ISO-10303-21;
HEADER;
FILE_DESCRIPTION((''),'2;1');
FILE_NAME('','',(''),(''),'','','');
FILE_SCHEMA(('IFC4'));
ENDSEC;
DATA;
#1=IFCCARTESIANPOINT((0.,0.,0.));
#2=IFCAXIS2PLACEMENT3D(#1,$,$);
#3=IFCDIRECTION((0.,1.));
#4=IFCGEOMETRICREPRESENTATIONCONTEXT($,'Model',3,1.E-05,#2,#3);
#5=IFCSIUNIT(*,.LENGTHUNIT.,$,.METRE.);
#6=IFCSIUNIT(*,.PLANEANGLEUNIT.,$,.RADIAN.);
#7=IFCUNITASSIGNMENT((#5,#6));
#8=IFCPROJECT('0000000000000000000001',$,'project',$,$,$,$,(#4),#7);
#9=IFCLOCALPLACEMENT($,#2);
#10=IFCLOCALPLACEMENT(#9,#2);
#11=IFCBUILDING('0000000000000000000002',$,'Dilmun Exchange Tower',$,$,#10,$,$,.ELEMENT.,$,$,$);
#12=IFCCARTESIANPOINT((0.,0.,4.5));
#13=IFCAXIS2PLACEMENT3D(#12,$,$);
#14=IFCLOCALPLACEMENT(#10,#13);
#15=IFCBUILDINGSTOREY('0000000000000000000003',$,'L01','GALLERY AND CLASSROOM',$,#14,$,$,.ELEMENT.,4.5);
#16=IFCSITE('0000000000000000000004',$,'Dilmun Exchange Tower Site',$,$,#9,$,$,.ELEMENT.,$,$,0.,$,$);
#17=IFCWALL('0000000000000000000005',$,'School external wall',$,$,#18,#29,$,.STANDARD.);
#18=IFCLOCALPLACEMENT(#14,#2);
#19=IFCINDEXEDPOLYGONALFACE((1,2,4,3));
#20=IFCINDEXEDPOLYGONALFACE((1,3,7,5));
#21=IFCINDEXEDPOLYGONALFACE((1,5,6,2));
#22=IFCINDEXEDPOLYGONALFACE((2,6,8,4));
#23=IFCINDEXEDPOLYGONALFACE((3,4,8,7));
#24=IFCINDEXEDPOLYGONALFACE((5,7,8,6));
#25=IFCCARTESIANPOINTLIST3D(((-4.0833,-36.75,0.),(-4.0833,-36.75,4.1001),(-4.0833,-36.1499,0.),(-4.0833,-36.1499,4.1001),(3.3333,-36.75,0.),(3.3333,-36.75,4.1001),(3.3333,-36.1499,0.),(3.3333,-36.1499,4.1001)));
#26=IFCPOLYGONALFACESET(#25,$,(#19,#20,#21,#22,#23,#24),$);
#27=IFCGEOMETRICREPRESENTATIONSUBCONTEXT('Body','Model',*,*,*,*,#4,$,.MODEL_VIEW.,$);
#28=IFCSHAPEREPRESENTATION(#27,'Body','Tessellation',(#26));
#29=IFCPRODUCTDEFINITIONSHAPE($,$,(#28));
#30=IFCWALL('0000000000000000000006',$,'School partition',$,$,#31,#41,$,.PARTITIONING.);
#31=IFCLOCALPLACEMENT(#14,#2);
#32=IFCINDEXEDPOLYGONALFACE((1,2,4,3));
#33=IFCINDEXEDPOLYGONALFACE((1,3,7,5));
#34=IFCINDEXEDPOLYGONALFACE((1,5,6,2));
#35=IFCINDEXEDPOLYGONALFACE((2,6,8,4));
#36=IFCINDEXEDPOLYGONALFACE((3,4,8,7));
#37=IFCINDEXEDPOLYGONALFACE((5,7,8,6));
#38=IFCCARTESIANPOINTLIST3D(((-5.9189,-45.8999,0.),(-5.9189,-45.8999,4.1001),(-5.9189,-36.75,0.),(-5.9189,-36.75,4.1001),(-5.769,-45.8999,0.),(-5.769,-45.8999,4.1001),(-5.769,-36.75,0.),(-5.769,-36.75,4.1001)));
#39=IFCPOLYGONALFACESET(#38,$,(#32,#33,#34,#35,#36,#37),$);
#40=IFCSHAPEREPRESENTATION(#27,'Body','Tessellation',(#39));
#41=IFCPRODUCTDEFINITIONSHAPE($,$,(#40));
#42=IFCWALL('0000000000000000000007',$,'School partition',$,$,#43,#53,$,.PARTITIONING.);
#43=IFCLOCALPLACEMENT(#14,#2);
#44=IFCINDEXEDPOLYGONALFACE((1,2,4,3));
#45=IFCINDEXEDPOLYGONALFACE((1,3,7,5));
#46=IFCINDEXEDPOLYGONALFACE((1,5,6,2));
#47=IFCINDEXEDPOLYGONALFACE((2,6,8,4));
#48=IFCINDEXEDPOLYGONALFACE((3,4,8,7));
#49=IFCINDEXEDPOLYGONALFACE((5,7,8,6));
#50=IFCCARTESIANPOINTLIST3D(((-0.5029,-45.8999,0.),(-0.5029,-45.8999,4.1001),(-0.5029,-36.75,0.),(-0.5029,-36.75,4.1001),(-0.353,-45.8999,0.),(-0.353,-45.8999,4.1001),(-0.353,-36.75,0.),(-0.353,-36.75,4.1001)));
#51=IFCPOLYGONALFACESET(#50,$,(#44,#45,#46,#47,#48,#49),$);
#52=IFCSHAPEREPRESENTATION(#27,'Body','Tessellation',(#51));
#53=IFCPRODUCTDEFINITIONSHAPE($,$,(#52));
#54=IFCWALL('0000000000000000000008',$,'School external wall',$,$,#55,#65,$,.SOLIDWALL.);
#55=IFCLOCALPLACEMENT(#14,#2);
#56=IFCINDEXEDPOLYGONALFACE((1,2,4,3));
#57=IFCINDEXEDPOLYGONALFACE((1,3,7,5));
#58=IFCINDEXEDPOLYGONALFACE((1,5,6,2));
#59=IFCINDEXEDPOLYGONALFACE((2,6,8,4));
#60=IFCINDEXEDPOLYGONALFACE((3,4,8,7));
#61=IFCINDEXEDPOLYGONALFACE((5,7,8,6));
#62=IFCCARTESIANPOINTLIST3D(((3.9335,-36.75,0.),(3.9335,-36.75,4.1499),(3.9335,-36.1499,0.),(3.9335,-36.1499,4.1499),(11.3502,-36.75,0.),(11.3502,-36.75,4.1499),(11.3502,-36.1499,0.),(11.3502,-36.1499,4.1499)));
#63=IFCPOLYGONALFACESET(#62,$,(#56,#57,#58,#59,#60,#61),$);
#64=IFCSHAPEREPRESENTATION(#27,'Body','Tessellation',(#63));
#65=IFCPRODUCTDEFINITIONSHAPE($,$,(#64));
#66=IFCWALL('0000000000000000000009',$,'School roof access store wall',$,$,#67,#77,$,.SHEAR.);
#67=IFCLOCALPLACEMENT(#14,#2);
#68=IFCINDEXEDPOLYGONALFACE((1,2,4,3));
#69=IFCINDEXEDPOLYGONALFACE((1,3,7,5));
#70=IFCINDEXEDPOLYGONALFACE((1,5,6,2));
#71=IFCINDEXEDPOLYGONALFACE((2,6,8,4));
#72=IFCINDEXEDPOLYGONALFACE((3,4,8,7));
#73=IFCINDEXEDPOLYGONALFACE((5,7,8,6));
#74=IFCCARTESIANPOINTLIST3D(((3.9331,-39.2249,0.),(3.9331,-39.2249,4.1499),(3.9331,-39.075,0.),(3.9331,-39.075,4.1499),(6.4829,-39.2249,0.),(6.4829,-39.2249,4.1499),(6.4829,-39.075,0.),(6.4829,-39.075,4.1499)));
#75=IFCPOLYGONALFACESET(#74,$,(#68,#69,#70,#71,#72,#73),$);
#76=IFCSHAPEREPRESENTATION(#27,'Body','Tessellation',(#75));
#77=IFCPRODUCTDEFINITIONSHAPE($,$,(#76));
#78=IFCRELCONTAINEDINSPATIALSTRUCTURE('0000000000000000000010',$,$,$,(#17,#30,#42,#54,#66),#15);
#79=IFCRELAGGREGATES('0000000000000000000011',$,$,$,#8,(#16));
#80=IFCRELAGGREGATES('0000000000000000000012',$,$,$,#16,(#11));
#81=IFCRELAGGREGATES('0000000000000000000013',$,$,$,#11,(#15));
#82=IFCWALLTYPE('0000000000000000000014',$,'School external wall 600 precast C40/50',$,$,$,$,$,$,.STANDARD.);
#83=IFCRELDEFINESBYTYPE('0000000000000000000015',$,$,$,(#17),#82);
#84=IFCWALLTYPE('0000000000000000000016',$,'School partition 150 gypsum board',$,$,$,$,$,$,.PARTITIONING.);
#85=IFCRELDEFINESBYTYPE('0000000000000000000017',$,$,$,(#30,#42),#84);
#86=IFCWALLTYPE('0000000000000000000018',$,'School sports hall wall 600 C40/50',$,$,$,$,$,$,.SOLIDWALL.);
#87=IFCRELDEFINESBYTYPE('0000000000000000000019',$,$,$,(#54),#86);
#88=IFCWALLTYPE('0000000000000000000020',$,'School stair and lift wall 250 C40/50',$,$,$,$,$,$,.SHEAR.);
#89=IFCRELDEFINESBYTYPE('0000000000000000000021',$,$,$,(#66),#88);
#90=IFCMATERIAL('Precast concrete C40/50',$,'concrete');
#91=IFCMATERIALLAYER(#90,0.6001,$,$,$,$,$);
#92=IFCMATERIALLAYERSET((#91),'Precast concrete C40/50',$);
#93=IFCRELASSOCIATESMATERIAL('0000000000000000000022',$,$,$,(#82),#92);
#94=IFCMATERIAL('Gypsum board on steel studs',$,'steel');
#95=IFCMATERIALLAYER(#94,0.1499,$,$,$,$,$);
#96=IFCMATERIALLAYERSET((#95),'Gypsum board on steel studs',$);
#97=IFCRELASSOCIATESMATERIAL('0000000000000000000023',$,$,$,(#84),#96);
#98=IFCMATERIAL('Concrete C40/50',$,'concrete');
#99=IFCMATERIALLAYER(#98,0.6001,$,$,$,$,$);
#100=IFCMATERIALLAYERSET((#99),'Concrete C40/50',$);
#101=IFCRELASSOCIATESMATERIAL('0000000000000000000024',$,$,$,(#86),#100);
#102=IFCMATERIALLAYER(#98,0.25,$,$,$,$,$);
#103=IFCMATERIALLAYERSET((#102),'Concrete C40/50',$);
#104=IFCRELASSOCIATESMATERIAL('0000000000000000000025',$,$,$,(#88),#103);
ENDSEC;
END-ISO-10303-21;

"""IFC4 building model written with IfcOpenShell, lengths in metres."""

from ifc_helpers import new_model, si_unit, direction, frame, frame_2d, origin, place, context, subcontext, project, spatial, rectangle, extrude, material, layer, layer_set, type_object, element, save


model = new_model("IFC4")

# Units and contexts
model_context = context("Model", 3, precision=1e-05, world=origin(), true_north=direction((0.0, 1.0)))
body_context = subcontext(model_context, "Body", "Model", "MODEL_VIEW")
ifc_project = project(units=[si_unit("LENGTHUNIT", "METRE"), si_unit("PLANEANGLEUNIT", "RADIAN")], contexts=[model_context])

# Site, building, storey
site_placement = place(None, origin())
site = spatial("IfcSite", under=ifc_project, at=site_placement, Name="Dilmun Exchange Tower Site", CompositionType="ELEMENT", RefElevation=0.0)
building_placement = place(site_placement, origin())
building = spatial("IfcBuilding", under=site, at=building_placement, Name="Dilmun Exchange Tower", CompositionType="ELEMENT")
storey_placement = place(building_placement, frame((0.0, 0.0, 4.5)))
storey = spatial("IfcBuildingStorey", under=building, at=storey_placement, Name="L01", Description="GALLERY AND CLASSROOM", CompositionType="ELEMENT", Elevation=4.5)

# Shared definitions
ifc_material_1 = material(Name="Concrete C40/50", Category="concrete")

# Walls
ifc_material_2 = material(Name="Precast concrete C40/50", Category="concrete")
ifc_layer_1 = layer(ifc_material_2, 0.6001)
ifc_layer_set_1 = layer_set([ifc_layer_1], Name="Precast concrete C40/50")
wall_type_1 = type_object("IfcWallType", Name="School external wall 600 precast C40/50", PredefinedType="STANDARD", material=ifc_layer_set_1)
wall_1_placement = place(storey_placement, frame((-4.0833, -36.45, 0.0), z_axis=(0.0, 0.0, 1.0), x_axis=(1.0, 0.0, 0.0)))
element("IfcWall", 1, at=wall_1_placement, inside=storey, type_object=wall_type_1, Name="School external wall", PredefinedType="STANDARD", context=body_context, shape_type="SweptSolid", body=[
    extrude(rectangle(XDim=7.4165, YDim=0.6001, at=frame_2d((3.7083, 0.0))), origin(), (0.0, 0.0, 1.0), 4.1001),
])
ifc_material_3 = material(Name="Gypsum board on steel studs", Category="steel")
ifc_layer_2 = layer(ifc_material_3, 0.1499)
ifc_layer_set_2 = layer_set([ifc_layer_2], Name="Gypsum board on steel studs")
wall_type_2 = type_object("IfcWallType", Name="School partition 150 gypsum board", PredefinedType="PARTITIONING", material=ifc_layer_set_2)
for number, where, z_axis, x_axis, name in (
    (2, (-5.844, -45.8999, 0.0), (0.0, 0.0, 1.0), (0.0, 1.0, 0.0), "School partition"),
    (3, (-0.428, -45.8999, 0.0), (0.0, 0.0, 1.0), (0.0, 1.0, 0.0), "School partition"),
):
    element("IfcWall", number, at=place(storey_placement, frame(where, z_axis=z_axis, x_axis=x_axis)), inside=storey, type_object=wall_type_2, Name=name, PredefinedType="PARTITIONING", context=body_context, shape_type="SweptSolid", body=[
        extrude(rectangle(XDim=9.1499, YDim=0.1499, at=frame_2d((4.575, 0.0))), origin(), (0.0, 0.0, 1.0), 4.1001),
    ])
ifc_layer_3 = layer(ifc_material_1, 0.6001)
ifc_layer_set_3 = layer_set([ifc_layer_3], Name="Concrete C40/50")
wall_type_3 = type_object("IfcWallType", Name="School sports hall wall 600 C40/50", PredefinedType="SOLIDWALL", material=ifc_layer_set_3)
wall_2_placement = place(storey_placement, frame((3.9333, -36.45, 0.0), z_axis=(0.0, 0.0, 1.0), x_axis=(1.0, 0.0, 0.0)))
element("IfcWall", 4, at=wall_2_placement, inside=storey, type_object=wall_type_3, Name="School external wall", PredefinedType="SOLIDWALL", context=body_context, shape_type="SweptSolid", body=[
    extrude(rectangle(XDim=7.4167, YDim=0.6001, at=frame_2d((3.7085, 0.0))), origin(), (0.0, 0.0, 1.0), 4.1499),
])
ifc_layer_4 = layer(ifc_material_1, 0.25)
ifc_layer_set_4 = layer_set([ifc_layer_4], Name="Concrete C40/50")
wall_type_4 = type_object("IfcWallType", Name="School stair and lift wall 250 C40/50", PredefinedType="SHEAR", material=ifc_layer_set_4)
wall_3_placement = place(storey_placement, frame((3.9331, -39.1499, 0.0), z_axis=(0.0, 0.0, 1.0), x_axis=(1.0, 0.0, 0.0)))
element("IfcWall", 5, at=wall_3_placement, inside=storey, type_object=wall_type_4, Name="School roof access store wall", PredefinedType="SHEAR", context=body_context, shape_type="SweptSolid", body=[
    extrude(rectangle(XDim=2.5498, YDim=0.1499, at=frame_2d((1.2749, 0.0))), origin(), (0.0, 0.0, 1.0), 4.1499),
])

save(model, "model.ifc")
